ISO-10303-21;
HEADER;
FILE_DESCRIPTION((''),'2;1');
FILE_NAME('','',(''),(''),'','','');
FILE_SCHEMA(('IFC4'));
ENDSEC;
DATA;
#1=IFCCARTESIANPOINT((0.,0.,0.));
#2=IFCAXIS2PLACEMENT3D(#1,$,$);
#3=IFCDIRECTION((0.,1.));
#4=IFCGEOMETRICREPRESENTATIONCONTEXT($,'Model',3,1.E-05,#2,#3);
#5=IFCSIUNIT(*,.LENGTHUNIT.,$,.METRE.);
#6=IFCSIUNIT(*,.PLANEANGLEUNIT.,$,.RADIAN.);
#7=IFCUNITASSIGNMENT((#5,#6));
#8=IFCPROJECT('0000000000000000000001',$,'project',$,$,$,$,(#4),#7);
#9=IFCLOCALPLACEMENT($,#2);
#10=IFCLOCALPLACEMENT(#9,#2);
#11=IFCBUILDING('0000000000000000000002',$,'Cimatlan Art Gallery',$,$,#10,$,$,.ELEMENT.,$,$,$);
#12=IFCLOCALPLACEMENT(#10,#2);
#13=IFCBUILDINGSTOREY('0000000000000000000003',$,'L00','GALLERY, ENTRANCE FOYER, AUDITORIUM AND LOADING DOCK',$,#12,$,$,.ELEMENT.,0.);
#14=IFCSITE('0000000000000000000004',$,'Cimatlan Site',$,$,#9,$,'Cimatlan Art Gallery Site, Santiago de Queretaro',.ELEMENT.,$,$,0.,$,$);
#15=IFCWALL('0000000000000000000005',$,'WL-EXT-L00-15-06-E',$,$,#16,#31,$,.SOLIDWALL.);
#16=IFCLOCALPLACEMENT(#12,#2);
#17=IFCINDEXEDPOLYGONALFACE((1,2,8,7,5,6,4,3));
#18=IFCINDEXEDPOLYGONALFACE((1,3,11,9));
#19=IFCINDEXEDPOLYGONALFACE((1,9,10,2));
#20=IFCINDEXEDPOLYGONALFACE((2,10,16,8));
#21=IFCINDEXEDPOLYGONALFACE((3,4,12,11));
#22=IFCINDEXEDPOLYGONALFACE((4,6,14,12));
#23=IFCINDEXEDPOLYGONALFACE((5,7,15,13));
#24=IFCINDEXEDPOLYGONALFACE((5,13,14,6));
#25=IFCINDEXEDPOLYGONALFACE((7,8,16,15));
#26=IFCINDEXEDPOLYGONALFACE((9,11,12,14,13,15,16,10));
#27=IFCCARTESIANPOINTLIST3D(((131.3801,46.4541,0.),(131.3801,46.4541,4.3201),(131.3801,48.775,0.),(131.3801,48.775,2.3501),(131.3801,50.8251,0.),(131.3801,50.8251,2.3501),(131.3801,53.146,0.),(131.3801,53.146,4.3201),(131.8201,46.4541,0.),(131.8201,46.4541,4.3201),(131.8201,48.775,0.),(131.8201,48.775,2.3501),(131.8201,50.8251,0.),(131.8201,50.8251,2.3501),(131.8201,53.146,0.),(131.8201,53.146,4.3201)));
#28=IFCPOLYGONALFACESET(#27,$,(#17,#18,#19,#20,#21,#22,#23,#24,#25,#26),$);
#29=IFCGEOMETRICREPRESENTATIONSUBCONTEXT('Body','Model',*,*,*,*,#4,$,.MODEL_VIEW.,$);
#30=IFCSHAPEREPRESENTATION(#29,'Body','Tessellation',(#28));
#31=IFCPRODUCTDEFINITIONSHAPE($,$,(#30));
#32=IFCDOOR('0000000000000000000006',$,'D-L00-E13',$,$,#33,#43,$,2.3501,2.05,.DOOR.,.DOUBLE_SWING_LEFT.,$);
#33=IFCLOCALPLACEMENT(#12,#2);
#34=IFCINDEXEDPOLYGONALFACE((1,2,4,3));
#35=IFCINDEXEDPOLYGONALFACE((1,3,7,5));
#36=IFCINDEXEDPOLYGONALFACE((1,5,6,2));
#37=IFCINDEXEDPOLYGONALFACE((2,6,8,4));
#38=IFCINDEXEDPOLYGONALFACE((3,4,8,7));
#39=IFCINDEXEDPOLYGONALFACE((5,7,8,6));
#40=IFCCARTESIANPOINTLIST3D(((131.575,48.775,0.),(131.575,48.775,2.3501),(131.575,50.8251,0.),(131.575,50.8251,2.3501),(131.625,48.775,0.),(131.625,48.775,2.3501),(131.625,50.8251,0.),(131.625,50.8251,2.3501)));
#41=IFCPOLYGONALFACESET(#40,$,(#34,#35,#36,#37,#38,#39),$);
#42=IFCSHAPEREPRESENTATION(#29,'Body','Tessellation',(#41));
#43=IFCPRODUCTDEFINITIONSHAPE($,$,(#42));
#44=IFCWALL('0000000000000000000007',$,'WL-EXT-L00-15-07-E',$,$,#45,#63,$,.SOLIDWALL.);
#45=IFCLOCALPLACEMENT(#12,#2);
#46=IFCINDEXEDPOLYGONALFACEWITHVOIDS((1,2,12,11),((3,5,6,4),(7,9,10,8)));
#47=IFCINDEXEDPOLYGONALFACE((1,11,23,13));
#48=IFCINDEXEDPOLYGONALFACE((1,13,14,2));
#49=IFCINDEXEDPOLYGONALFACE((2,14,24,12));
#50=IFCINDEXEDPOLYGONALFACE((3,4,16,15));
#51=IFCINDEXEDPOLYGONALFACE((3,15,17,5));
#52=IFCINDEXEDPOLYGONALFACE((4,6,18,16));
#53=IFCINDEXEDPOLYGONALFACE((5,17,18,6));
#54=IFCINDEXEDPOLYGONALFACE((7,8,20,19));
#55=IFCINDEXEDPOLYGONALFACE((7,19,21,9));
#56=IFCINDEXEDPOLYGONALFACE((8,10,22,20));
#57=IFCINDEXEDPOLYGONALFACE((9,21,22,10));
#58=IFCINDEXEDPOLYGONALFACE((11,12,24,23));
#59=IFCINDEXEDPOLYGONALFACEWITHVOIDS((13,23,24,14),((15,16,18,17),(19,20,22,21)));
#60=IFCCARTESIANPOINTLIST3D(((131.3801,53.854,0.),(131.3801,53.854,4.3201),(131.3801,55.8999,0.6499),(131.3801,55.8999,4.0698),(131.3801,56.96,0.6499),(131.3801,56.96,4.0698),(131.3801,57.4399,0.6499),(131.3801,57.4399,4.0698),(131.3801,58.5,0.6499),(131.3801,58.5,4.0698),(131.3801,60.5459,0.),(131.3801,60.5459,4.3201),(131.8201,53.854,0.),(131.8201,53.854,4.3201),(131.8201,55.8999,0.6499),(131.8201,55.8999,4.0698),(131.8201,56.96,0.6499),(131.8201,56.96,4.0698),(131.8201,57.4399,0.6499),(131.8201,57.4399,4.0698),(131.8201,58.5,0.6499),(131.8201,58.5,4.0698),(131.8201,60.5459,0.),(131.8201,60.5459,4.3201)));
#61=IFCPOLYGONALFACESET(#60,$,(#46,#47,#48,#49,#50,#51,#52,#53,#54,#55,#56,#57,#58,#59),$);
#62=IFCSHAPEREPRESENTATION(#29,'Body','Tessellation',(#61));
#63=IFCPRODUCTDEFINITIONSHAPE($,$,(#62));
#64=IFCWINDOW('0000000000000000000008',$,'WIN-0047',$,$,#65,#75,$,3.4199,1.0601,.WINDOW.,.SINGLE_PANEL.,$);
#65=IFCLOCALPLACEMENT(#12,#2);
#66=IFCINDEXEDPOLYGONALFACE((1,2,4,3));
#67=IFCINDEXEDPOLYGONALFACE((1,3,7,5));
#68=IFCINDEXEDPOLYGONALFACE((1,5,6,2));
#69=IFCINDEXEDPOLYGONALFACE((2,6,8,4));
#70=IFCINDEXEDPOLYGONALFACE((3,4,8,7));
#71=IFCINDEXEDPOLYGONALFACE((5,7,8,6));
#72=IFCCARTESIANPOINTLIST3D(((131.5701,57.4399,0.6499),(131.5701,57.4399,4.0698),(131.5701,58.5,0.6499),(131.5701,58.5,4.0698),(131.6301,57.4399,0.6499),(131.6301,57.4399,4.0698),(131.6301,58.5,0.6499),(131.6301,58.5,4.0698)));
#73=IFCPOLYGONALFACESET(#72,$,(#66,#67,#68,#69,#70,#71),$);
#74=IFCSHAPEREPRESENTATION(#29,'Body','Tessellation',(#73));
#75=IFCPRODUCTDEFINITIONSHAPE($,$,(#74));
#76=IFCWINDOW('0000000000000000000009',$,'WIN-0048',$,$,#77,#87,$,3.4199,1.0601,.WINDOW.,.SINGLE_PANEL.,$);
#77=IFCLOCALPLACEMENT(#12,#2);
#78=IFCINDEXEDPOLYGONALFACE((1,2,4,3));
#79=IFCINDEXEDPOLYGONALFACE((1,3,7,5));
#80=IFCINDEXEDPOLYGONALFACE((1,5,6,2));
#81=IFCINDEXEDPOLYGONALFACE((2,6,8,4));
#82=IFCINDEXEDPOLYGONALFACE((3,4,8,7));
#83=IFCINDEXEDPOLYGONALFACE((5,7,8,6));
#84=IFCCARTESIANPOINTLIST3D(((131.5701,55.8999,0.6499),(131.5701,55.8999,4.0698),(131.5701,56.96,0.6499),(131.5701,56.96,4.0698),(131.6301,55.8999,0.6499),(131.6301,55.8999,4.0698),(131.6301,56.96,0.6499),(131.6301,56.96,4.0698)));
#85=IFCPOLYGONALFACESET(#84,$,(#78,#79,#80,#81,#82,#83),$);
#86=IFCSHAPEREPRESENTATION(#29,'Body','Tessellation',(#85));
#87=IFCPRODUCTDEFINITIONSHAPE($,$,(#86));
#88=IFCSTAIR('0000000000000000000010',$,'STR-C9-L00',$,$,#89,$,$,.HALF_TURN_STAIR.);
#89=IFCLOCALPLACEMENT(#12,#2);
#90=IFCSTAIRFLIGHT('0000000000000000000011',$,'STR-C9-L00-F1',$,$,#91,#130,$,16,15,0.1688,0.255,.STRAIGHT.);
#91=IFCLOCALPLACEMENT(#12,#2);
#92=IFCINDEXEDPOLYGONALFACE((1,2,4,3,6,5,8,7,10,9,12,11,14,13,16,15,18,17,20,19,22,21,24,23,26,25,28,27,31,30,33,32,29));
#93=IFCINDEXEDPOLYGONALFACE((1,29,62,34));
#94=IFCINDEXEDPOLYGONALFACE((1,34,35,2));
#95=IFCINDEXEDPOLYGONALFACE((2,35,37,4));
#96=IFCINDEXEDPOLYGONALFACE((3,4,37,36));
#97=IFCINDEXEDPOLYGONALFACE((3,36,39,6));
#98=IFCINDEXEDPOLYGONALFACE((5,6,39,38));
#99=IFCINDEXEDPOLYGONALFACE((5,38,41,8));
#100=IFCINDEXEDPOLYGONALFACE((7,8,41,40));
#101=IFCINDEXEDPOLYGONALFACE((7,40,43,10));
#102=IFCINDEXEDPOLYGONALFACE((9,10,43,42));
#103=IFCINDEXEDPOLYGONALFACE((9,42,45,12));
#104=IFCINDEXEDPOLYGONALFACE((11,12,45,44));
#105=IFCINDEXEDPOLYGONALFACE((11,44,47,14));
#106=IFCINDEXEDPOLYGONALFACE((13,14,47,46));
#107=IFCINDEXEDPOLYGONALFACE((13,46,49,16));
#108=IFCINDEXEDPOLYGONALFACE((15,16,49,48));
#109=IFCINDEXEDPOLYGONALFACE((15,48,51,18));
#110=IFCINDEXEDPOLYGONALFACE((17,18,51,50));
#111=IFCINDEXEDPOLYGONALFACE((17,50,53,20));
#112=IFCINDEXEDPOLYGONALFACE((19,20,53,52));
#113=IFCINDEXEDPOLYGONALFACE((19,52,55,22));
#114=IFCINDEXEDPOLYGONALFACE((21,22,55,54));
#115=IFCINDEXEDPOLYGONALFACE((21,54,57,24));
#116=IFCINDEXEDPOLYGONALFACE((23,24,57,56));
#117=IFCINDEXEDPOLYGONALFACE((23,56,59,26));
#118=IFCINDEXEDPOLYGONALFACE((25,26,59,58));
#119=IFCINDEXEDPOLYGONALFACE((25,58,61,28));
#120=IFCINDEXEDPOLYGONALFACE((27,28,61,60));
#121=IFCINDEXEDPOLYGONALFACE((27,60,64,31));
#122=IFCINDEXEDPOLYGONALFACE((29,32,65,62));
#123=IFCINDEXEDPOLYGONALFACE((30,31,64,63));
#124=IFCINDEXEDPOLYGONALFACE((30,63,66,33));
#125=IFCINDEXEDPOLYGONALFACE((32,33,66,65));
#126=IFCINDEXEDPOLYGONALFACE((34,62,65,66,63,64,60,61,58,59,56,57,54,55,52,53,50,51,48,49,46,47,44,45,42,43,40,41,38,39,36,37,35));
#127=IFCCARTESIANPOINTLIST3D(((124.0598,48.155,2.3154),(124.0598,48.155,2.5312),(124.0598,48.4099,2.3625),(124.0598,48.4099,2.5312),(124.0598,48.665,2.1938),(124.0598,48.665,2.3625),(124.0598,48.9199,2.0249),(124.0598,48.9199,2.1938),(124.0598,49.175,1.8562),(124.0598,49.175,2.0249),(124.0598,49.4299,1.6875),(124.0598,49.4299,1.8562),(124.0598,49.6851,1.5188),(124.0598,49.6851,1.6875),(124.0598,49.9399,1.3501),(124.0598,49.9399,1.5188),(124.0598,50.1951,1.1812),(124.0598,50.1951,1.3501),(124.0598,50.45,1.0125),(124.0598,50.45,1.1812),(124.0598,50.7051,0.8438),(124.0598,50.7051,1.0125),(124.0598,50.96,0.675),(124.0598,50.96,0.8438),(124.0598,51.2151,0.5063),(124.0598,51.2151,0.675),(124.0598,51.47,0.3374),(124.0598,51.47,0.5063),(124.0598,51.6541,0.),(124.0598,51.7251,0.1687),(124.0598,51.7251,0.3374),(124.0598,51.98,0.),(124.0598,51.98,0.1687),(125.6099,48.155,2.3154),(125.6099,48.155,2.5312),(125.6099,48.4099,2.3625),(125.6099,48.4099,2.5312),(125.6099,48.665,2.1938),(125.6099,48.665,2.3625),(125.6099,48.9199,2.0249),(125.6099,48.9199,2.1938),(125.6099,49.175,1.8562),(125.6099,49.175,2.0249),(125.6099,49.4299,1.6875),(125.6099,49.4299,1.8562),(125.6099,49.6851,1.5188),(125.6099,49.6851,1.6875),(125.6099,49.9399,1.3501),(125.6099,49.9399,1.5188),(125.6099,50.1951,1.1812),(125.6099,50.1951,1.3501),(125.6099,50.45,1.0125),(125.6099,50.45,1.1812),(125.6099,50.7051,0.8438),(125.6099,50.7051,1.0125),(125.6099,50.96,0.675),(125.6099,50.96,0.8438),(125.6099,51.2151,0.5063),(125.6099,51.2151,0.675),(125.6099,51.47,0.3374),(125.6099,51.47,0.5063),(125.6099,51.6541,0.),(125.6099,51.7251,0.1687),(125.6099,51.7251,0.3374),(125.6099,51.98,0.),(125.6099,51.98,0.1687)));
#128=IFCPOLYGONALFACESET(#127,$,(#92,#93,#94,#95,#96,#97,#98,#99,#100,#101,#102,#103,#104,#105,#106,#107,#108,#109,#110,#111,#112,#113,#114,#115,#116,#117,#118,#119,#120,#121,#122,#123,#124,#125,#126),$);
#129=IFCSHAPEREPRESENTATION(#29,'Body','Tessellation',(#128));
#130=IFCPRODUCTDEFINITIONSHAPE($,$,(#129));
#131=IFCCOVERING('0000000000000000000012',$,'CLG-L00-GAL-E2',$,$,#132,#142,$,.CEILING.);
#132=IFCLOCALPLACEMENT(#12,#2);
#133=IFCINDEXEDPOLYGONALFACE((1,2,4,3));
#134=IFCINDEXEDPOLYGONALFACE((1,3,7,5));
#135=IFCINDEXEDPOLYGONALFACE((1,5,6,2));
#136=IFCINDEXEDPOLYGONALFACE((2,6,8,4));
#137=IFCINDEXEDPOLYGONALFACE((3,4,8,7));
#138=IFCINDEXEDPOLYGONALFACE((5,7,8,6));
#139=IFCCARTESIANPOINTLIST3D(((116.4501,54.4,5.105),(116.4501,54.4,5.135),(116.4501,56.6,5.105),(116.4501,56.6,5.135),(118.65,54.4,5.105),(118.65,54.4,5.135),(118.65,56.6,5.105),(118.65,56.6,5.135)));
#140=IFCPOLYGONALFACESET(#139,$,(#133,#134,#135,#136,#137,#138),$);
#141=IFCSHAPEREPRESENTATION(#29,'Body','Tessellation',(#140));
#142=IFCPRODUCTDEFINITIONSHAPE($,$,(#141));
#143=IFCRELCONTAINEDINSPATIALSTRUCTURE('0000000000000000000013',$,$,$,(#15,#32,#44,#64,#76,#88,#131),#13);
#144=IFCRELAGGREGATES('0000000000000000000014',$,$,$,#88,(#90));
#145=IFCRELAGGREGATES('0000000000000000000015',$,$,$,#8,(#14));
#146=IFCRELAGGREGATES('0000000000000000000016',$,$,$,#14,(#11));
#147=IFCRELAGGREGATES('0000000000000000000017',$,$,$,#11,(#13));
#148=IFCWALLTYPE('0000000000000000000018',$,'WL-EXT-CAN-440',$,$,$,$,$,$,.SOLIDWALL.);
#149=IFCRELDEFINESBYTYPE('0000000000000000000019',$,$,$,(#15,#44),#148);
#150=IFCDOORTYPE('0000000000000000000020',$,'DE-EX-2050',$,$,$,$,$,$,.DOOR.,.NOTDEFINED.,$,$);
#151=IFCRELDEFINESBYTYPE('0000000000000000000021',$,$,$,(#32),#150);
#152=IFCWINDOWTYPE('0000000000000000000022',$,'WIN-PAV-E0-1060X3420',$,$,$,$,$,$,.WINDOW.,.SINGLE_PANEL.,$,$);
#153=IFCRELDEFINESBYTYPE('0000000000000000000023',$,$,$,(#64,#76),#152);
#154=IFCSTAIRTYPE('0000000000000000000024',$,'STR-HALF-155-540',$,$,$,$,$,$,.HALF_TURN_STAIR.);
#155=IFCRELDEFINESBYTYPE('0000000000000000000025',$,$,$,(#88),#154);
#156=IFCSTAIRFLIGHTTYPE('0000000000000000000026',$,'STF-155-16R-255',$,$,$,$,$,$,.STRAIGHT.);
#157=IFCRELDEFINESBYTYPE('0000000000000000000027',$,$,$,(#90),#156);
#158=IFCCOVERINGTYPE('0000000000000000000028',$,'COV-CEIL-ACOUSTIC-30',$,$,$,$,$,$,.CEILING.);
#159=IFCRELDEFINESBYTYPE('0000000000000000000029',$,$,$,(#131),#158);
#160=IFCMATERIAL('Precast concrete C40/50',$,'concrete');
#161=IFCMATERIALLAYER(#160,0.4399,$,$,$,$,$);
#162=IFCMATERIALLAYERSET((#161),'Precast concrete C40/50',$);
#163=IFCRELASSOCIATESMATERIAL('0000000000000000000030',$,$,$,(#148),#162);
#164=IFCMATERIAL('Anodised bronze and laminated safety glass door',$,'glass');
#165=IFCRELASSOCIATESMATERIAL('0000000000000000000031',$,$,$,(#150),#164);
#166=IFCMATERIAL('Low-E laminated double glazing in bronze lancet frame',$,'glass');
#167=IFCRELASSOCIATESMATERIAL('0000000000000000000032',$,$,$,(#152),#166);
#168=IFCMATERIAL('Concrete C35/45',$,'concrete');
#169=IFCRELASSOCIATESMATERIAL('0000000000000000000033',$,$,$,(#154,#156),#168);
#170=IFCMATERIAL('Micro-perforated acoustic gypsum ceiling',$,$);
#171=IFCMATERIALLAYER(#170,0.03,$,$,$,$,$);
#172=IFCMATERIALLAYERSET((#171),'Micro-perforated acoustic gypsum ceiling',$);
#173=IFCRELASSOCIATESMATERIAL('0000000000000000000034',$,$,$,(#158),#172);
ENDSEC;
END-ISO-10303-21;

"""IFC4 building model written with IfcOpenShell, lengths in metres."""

from ifc_helpers import new_model, si_unit, direction, frame, frame_2d, origin, origin_2d, place, context, subcontext, project, spatial, polyline, rectangle, outline, extrude, material, layer, layer_set, type_object, element, fill, aggregate, save


model = new_model("IFC4")

# Units and contexts
model_context = context("Model", 3, precision=1e-05, world=origin(), true_north=direction((0.0, 1.0)))
body_context = subcontext(model_context, "Body", "Model", "MODEL_VIEW")
ifc_project = project(units=[si_unit("LENGTHUNIT", "METRE"), si_unit("PLANEANGLEUNIT", "RADIAN")], contexts=[model_context])

# Site, building, storey
site_placement = place(None, origin())
site = spatial("IfcSite", under=ifc_project, at=site_placement, Name="Cimatlan Site", LongName="Cimatlan Art Gallery Site, Santiago de Queretaro", CompositionType="ELEMENT", RefElevation=0.0)
building_placement = place(site_placement, origin())
building = spatial("IfcBuilding", under=site, at=building_placement, Name="Cimatlan Art Gallery", CompositionType="ELEMENT")
storey_placement = place(building_placement, origin())
storey = spatial("IfcBuildingStorey", under=building, at=storey_placement, Name="L00", Description="GALLERY, ENTRANCE FOYER, AUDITORIUM AND LOADING DOCK", CompositionType="ELEMENT", Elevation=0.0)

# Wall, opening, door
ifc_material_1 = material(Name="Precast concrete C40/50", Category="concrete")
ifc_layer_1 = layer(ifc_material_1, 0.4399)
ifc_layer_set_1 = layer_set([ifc_layer_1], Name="Precast concrete C40/50")
wall_type_1 = type_object("IfcWallType", Name="WL-EXT-CAN-440", PredefinedType="SOLIDWALL", material=ifc_layer_set_1)
wall_1_placement = place(storey_placement, frame((131.6001, 53.146, 0.0), z_axis=(0.0, 0.0, 1.0), x_axis=(0.0, -1.0, 0.0)))
wall_1 = element("IfcWall", 1, at=wall_1_placement, inside=storey, type_object=wall_type_1, Name="WL-EXT-L00-15-06-E", PredefinedType="SOLIDWALL", context=body_context, shape_type="SweptSolid", body=[
    extrude(rectangle(XDim=6.6919, YDim=0.4399, at=frame_2d((3.3459, 0.0))), origin(), (0.0, 0.0, 1.0), 4.3201),
])
opening_1_placement = place(wall_1_placement, frame((2.321, 0.0, 0.0)))
opening_1 = element("IfcOpeningElement", 2, at=opening_1_placement, cuts=wall_1, PredefinedType="OPENING", context=body_context, shape_type="SweptSolid", body=[
    extrude(rectangle(XDim=2.05, YDim=2.3501, at=frame_2d((1.0249, 1.175))), frame((0.0, 0.23, 0.0), z_axis=(0.0, -1.0, 0.0), x_axis=(1.0, 0.0, 0.0)), (0.0, 0.0, 1.0), 0.46),
])
ifc_material_2 = material(Name="Anodised bronze and laminated safety glass door", Category="glass")
door_type_1 = type_object("IfcDoorType", Name="DE-EX-2050", OperationType="NOTDEFINED", PredefinedType="DOOR", material=ifc_material_2)
door_1_placement = place(opening_1_placement, origin())
door_1 = element("IfcDoor", 3, at=door_1_placement, inside=storey, type_object=door_type_1, Name="D-L00-E13", OperationType="DOUBLE_SWING_LEFT", OverallHeight=2.3501, OverallWidth=2.05, PredefinedType="DOOR", context=body_context, shape_type="SweptSolid", body=[
    extrude(rectangle(XDim=2.05, YDim=2.3501, at=frame_2d((1.0249, 1.175))), frame((0.0, 0.0249, 0.0), z_axis=(0.0, -1.0, 0.0), x_axis=(1.0, 0.0, 0.0)), (0.0, 0.0, 1.0), 0.05),
])
fill(opening_1, door_1)

# Wall, openings, windows
wall_2_placement = place(storey_placement, frame((131.6001, 60.5459, 0.0), z_axis=(0.0, 0.0, 1.0), x_axis=(0.0, -1.0, 0.0)))
wall_2 = element("IfcWall", 4, at=wall_2_placement, inside=storey, type_object=wall_type_1, Name="WL-EXT-L00-15-07-E", PredefinedType="SOLIDWALL", context=body_context, shape_type="SweptSolid", body=[
    extrude(rectangle(XDim=6.6919, YDim=0.4399, at=frame_2d((3.3459, 0.0))), origin(), (0.0, 0.0, 1.0), 4.3201),
])
opening_2_placement = place(wall_2_placement, frame((2.0459, 0.0, 0.6499)))
opening_2 = element("IfcOpeningElement", 5, at=opening_2_placement, cuts=wall_2, PredefinedType="OPENING", context=body_context, shape_type="SweptSolid", body=[
    extrude(rectangle(XDim=1.0601, YDim=3.4199, at=frame_2d((0.53, 1.71))), frame((0.0, 0.23, 0.0), z_axis=(0.0, -1.0, 0.0), x_axis=(1.0, 0.0, 0.0)), (0.0, 0.0, 1.0), 0.46),
])
opening_3_placement = place(wall_2_placement, frame((3.5859, 0.0, 0.6499)))
opening_3 = element("IfcOpeningElement", 6, at=opening_3_placement, cuts=wall_2, PredefinedType="OPENING", context=body_context, shape_type="SweptSolid", body=[
    extrude(rectangle(XDim=1.0601, YDim=3.4199, at=frame_2d((0.53, 1.71))), frame((0.0, 0.23, 0.0), z_axis=(0.0, -1.0, 0.0), x_axis=(1.0, 0.0, 0.0)), (0.0, 0.0, 1.0), 0.46),
])
ifc_material_3 = material(Name="Low-E laminated double glazing in bronze lancet frame", Category="glass")
window_type = type_object("IfcWindowType", Name="WIN-PAV-E0-1060X3420", PartitioningType="SINGLE_PANEL", PredefinedType="WINDOW", material=ifc_material_3)
window_1_placement = place(opening_2_placement, origin())
window_1 = element("IfcWindow", 7, at=window_1_placement, inside=storey, type_object=window_type, Name="WIN-0047", OverallHeight=3.4199, OverallWidth=1.0601, PartitioningType="SINGLE_PANEL", PredefinedType="WINDOW", context=body_context, shape_type="SweptSolid", body=[
    extrude(rectangle(XDim=1.0601, YDim=3.4199, at=frame_2d((0.53, 1.71))), frame((0.0, 0.03, 0.0), z_axis=(0.0, -1.0, 0.0), x_axis=(1.0, 0.0, 0.0)), (0.0, 0.0, 1.0), 0.0601),
])
fill(opening_2, window_1)
window_2_placement = place(opening_3_placement, origin())
window_2 = element("IfcWindow", 8, at=window_2_placement, inside=storey, type_object=window_type, Name="WIN-0048", OverallHeight=3.4199, OverallWidth=1.0601, PartitioningType="SINGLE_PANEL", PredefinedType="WINDOW", context=body_context, shape_type="SweptSolid", body=[
    extrude(rectangle(XDim=1.0601, YDim=3.4199, at=frame_2d((0.53, 1.71))), frame((0.0, 0.03, 0.0), z_axis=(0.0, -1.0, 0.0), x_axis=(1.0, 0.0, 0.0)), (0.0, 0.0, 1.0), 0.0601),
])
fill(opening_3, window_2)

# Stair, stair flight
ifc_material_4 = material(Name="Concrete C35/45", Category="concrete")
stair_type = type_object("IfcStairType", Name="STR-HALF-155-540", PredefinedType="HALF_TURN_STAIR", material=ifc_material_4)
stair_placement = place(storey_placement, origin())
stair = element("IfcStair", 9, at=stair_placement, inside=storey, type_object=stair_type, Name="STR-C9-L00", PredefinedType="HALF_TURN_STAIR")
stair_flight_type = type_object("IfcStairFlightType", Name="STF-155-16R-255", PredefinedType="STRAIGHT", material=ifc_material_4)
stair_flight_placement = place(storey_placement, frame((124.835, 51.98, 0.0), z_axis=(0.0, 0.0, 1.0), x_axis=(0.0, -1.0, 0.0)))
stair_flight = element("IfcStairFlight", 10, at=stair_flight_placement, type_object=stair_flight_type, Name="STR-C9-L00-F1", NumberOfRisers=16, NumberOfTreads=15, PredefinedType="STRAIGHT", RiserHeight=0.1688, TreadLength=0.255, context=body_context, shape_type="SweptSolid", body=[
    extrude(outline(polyline([(0.0, 0.0), (0.0, 0.1687), (0.2549, 0.1687), (0.2549, 0.3374), (0.51, 0.3374), (0.51, 0.5063), (0.7649, 0.5063), (0.7649, 0.675), (1.02, 0.675), (1.02, 0.8438), (1.2749, 0.8438), (1.2749, 1.0125), (1.53, 1.0125), (1.53, 1.1812), (1.7849, 1.1812), (1.7849, 1.3501), (2.04, 1.3501), (2.04, 1.5188), (2.2949, 1.5188), (2.2949, 1.6875), (2.55, 1.6875), (2.55, 1.8562), (2.8049, 1.8562), (2.8049, 2.0249), (3.0601, 2.0249), (3.0601, 2.1938), (3.3149, 2.1938), (3.3149, 2.3625), (3.5701, 2.3625), (3.5701, 2.5312), (3.825, 2.5312), (3.825, 2.7), (3.825, 2.3154), (0.3259, 0.0), (0.0, 0.0)])), frame((0.0, 0.7749, 0.0), z_axis=(0.0, -1.0, 0.0), x_axis=(1.0, 0.0, 0.0)), (0.0, 0.0, 1.0), 1.55),
])
aggregate(stair, [stair_flight])

# Covering
ifc_material_5 = material(Name="Micro-perforated acoustic gypsum ceiling")
ifc_layer_2 = layer(ifc_material_5, 0.03)
ifc_layer_set_2 = layer_set([ifc_layer_2], Name="Micro-perforated acoustic gypsum ceiling")
covering_type = type_object("IfcCoveringType", Name="COV-CEIL-ACOUSTIC-30", PredefinedType="CEILING", material=ifc_layer_set_2)
covering_placement = place(storey_placement, frame((117.55, 55.5, 5.105), z_axis=(0.0, 0.0, 1.0), x_axis=(1.0, 0.0, 0.0)))
element("IfcCovering", 11, at=covering_placement, inside=storey, type_object=covering_type, Name="CLG-L00-GAL-E2", PredefinedType="CEILING", context=body_context, shape_type="SweptSolid", body=[
    extrude(rectangle(XDim=2.2, YDim=2.2, at=origin_2d()), origin(), (0.0, 0.0, 1.0), 0.03),
])

save(model, "model.ifc")
